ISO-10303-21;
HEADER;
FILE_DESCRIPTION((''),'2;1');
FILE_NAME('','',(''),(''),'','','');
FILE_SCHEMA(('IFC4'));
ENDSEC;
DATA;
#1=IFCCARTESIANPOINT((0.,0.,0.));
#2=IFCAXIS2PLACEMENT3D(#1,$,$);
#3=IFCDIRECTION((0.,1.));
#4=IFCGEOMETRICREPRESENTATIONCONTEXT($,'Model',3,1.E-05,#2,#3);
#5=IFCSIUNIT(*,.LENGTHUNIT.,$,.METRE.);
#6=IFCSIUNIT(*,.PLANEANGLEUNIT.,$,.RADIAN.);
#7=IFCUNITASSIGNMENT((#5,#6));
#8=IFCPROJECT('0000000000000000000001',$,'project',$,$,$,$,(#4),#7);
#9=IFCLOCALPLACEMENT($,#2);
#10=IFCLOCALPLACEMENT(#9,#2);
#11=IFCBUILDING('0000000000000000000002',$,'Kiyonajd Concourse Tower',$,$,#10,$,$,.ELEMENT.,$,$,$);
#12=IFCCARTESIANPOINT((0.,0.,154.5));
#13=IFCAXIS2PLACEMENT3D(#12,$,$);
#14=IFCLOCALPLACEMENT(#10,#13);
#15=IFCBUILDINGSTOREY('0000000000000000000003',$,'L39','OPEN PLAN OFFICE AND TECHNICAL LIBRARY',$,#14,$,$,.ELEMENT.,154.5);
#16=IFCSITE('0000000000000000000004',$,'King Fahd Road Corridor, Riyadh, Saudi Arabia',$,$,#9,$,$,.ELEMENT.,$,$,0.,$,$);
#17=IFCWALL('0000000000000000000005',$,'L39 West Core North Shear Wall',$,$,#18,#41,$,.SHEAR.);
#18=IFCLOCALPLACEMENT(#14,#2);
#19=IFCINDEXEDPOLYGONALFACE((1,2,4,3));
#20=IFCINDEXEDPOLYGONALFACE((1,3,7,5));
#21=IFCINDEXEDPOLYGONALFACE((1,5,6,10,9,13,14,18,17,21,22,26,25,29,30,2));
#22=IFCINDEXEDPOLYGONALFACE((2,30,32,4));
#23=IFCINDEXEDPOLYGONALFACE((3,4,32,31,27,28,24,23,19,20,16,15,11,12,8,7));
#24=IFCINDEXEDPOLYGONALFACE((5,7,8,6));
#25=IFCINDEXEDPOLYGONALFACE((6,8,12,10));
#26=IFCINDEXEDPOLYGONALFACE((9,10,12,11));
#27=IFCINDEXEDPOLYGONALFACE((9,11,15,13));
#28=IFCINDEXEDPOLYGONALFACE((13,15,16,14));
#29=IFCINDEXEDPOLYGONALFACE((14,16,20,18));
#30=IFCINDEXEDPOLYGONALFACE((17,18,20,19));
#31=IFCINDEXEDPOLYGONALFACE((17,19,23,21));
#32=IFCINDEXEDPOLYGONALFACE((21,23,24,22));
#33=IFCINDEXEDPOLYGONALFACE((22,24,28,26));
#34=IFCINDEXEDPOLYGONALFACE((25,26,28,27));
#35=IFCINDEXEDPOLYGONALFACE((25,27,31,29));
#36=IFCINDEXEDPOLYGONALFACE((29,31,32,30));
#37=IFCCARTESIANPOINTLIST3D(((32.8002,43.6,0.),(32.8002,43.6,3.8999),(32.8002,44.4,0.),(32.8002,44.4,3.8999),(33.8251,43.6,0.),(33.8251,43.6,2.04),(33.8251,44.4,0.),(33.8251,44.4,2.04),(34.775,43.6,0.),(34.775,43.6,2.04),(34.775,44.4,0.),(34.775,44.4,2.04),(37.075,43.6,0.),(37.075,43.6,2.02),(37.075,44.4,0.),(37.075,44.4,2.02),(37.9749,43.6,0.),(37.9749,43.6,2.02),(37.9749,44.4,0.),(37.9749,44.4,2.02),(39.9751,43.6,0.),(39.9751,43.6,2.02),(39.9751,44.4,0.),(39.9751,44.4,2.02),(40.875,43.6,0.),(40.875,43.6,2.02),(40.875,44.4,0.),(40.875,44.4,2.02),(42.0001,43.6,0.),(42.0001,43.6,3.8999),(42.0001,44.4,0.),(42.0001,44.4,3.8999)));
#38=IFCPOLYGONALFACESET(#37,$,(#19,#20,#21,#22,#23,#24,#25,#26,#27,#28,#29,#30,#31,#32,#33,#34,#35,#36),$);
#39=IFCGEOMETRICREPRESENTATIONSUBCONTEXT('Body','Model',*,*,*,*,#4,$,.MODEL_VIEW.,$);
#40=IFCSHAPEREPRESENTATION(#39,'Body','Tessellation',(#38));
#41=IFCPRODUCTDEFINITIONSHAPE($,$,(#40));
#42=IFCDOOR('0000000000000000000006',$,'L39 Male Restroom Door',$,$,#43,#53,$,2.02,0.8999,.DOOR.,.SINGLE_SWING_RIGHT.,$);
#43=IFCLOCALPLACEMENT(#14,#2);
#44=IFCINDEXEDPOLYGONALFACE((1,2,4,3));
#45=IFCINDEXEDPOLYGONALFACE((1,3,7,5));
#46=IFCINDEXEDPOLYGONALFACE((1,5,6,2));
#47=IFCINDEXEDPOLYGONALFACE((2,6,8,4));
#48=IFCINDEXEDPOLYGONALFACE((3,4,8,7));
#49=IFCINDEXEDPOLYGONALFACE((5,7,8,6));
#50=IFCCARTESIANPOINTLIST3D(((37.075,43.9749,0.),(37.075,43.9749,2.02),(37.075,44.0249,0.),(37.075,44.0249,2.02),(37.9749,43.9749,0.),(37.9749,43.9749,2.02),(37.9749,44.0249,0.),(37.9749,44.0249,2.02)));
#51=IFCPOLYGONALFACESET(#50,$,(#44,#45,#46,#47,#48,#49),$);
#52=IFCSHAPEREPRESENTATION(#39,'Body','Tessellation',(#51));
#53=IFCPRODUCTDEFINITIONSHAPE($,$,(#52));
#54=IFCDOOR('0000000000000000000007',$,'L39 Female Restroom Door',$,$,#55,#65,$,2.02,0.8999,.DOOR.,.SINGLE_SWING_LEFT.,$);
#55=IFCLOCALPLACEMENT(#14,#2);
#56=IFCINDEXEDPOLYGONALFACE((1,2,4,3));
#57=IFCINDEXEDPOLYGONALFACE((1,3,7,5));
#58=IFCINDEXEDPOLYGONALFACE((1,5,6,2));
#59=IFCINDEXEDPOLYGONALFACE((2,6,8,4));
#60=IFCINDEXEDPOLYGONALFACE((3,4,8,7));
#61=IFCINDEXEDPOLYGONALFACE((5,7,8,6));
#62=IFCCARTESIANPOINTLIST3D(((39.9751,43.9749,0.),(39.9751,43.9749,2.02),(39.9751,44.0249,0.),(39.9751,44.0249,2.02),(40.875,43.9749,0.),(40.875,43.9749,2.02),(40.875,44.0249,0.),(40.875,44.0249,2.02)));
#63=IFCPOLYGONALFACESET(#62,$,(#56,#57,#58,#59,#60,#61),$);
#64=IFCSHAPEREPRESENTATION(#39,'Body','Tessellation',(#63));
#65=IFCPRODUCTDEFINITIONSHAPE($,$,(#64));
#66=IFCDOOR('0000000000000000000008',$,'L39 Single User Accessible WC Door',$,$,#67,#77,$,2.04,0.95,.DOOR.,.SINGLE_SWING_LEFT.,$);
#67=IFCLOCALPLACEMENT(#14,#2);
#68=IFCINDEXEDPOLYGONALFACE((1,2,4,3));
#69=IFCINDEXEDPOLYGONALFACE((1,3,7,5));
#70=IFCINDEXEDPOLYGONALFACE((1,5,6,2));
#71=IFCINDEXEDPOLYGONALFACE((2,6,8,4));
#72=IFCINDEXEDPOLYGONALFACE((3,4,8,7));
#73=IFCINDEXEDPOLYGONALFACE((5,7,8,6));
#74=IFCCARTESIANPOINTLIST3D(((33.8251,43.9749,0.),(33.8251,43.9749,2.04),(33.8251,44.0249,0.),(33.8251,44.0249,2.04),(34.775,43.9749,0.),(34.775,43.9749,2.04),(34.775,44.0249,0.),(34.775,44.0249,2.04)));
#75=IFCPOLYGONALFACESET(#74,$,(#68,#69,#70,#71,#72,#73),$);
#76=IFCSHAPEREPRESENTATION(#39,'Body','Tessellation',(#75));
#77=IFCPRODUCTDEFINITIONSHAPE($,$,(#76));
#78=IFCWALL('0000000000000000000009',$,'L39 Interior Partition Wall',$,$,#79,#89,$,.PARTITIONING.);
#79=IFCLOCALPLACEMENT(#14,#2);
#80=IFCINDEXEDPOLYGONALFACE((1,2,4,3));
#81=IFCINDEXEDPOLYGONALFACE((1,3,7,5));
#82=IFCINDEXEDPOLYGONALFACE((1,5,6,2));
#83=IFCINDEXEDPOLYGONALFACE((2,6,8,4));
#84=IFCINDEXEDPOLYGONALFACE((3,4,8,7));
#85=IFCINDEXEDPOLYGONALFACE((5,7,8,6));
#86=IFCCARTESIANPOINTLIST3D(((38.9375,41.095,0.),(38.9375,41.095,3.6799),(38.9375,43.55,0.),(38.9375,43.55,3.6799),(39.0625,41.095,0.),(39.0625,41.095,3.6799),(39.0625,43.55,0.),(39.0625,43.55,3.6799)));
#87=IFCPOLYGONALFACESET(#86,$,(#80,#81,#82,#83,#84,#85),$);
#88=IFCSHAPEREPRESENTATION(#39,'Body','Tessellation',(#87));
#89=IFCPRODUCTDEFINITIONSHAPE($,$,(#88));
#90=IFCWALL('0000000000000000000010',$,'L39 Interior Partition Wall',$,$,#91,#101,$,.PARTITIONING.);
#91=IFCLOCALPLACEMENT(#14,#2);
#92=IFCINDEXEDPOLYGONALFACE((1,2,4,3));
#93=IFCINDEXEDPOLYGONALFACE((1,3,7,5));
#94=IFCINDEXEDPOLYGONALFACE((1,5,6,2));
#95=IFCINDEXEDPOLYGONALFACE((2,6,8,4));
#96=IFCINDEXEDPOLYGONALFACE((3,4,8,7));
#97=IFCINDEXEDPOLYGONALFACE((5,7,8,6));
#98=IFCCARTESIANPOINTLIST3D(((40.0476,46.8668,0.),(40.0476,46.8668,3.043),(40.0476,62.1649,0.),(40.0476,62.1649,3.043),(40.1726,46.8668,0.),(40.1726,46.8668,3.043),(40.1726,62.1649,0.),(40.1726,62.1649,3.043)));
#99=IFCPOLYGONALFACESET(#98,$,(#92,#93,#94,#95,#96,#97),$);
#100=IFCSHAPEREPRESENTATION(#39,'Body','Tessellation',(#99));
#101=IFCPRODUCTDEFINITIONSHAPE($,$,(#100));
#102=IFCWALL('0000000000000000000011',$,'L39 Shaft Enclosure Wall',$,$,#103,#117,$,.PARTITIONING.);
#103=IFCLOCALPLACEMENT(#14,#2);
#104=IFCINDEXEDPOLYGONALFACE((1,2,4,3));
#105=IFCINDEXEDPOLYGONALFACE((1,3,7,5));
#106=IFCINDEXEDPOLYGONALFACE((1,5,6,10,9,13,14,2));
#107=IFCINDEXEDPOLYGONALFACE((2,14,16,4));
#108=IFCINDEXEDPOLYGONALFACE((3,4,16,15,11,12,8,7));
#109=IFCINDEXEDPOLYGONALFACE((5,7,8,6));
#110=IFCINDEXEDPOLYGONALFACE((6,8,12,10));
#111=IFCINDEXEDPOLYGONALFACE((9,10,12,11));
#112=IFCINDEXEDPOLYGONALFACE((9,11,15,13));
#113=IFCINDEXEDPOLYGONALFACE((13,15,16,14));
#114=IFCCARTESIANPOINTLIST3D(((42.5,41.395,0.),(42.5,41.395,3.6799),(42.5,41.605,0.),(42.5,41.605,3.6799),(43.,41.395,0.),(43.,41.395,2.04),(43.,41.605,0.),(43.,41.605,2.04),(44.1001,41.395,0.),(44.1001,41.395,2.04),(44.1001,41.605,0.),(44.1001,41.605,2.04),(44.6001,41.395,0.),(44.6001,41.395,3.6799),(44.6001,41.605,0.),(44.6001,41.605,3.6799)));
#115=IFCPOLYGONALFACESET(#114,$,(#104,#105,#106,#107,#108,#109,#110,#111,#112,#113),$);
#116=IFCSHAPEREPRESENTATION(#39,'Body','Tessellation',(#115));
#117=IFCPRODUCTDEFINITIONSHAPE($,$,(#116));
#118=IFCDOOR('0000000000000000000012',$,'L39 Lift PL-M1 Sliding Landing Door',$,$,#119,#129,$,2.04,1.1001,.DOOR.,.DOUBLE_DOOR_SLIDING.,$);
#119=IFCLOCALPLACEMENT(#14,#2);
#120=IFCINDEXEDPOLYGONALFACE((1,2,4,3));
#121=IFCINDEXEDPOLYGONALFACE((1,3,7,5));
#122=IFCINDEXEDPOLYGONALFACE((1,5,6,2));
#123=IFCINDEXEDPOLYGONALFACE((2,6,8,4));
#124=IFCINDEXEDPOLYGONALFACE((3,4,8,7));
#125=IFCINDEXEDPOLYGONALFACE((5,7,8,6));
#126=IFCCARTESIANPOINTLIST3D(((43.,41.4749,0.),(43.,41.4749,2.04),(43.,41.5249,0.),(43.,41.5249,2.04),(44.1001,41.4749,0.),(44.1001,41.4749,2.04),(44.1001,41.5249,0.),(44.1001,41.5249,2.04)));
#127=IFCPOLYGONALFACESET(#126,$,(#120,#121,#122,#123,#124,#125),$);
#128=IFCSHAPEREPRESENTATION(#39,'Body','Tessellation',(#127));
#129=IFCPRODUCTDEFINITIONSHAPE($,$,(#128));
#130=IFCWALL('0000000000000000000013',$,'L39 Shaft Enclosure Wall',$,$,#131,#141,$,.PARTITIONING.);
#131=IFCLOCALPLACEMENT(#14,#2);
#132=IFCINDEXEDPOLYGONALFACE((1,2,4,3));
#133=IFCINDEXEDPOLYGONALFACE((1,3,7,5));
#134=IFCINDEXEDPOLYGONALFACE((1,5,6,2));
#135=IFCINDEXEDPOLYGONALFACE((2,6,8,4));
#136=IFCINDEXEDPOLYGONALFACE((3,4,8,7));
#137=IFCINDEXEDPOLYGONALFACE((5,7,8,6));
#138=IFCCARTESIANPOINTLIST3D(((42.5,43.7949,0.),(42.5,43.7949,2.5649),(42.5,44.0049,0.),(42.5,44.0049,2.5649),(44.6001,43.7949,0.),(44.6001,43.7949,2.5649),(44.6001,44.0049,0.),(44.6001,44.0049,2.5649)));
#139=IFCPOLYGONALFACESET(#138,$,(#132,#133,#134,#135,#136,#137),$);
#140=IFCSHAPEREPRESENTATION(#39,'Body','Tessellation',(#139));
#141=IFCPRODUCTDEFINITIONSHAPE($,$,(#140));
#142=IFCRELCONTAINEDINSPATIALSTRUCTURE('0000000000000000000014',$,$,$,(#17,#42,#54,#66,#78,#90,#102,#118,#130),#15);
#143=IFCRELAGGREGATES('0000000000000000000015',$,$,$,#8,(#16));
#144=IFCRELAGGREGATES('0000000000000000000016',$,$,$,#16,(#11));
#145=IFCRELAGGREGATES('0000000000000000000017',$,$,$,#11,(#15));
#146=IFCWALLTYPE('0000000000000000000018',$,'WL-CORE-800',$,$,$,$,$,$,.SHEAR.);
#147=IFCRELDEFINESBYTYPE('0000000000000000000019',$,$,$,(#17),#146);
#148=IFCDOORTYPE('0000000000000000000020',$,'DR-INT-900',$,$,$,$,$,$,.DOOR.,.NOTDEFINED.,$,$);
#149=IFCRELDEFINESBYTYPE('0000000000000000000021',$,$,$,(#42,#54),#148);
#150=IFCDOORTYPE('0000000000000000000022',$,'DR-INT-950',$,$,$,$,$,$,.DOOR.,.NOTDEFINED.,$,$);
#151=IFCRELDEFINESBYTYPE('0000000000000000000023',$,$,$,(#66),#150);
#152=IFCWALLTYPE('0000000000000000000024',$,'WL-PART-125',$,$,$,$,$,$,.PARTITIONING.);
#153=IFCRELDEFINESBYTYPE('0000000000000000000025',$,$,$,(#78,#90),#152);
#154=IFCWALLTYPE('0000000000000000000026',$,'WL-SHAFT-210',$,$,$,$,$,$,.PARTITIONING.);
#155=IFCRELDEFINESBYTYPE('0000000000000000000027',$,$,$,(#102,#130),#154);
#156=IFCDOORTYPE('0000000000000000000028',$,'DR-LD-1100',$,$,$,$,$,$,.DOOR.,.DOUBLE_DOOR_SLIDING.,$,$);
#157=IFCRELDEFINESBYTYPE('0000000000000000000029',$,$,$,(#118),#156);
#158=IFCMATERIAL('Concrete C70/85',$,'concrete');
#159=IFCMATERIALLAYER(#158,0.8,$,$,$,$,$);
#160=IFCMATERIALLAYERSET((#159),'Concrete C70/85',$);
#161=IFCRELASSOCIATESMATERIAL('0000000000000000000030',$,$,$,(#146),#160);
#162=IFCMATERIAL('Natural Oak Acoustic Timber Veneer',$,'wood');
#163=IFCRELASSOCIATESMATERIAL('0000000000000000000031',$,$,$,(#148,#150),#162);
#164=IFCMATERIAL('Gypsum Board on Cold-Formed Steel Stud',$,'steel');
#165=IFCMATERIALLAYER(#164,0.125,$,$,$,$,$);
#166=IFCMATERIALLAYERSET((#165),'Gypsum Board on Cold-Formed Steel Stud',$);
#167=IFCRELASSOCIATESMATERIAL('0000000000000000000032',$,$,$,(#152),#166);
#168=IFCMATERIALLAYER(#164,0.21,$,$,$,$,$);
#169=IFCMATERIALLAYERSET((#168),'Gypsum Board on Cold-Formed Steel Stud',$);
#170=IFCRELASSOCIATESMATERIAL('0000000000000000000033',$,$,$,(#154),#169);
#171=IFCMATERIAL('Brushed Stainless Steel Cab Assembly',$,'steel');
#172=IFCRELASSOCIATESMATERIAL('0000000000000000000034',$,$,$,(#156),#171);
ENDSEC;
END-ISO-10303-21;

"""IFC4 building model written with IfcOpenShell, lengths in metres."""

from ifc_helpers import new_model, si_unit, direction, frame, frame_2d, origin, place, context, subcontext, project, spatial, rectangle, extrude, material, layer, layer_set, type_object, element, fill, save


model = new_model("IFC4")

# Units and contexts
model_context = context("Model", 3, precision=1e-05, world=origin(), true_north=direction((0.0, 1.0)))
body_context = subcontext(model_context, "Body", "Model", "MODEL_VIEW")
ifc_project = project(units=[si_unit("LENGTHUNIT", "METRE"), si_unit("PLANEANGLEUNIT", "RADIAN")], contexts=[model_context])

# Site, building, storey
site_placement = place(None, origin())
site = spatial("IfcSite", under=ifc_project, at=site_placement, Name="King Fahd Road Corridor, Riyadh, Saudi Arabia", CompositionType="ELEMENT", RefElevation=0.0)
building_placement = place(site_placement, origin())
building = spatial("IfcBuilding", under=site, at=building_placement, Name="Kiyonajd Concourse Tower", CompositionType="ELEMENT")
storey_placement = place(building_placement, frame((0.0, 0.0, 154.5)))
storey = spatial("IfcBuildingStorey", under=building, at=storey_placement, Name="L39", Description="OPEN PLAN OFFICE AND TECHNICAL LIBRARY", CompositionType="ELEMENT", Elevation=154.5)

# Shared definitions
ifc_material_1 = material(Name="Concrete C70/85", Category="concrete")

# Wall, openings, doors
ifc_layer_1 = layer(ifc_material_1, 0.8)
ifc_layer_set_1 = layer_set([ifc_layer_1], Name="Concrete C70/85")
wall_type_1 = type_object("IfcWallType", Name="WL-CORE-800", PredefinedType="SHEAR", material=ifc_layer_set_1)
wall_1_placement = place(storey_placement, frame((32.8, 44.0, 0.0), z_axis=(0.0, 0.0, 1.0), x_axis=(1.0, 0.0, 0.0)))
wall_1 = element("IfcWall", 1, at=wall_1_placement, inside=storey, type_object=wall_type_1, Name="L39 West Core North Shear Wall", PredefinedType="SHEAR", context=body_context, shape_type="SweptSolid", body=[
    extrude(rectangle(XDim=9.2, YDim=0.8, at=frame_2d((4.6001, 0.0))), origin(), (0.0, 0.0, 1.0), 3.8999),
])
opening_1_placement = place(wall_1_placement, frame((1.0249, 0.0, 0.0)))
opening_1 = element("IfcOpeningElement", 2, at=opening_1_placement, cuts=wall_1, PredefinedType="OPENING", context=body_context, shape_type="SweptSolid", body=[
    extrude(rectangle(XDim=0.95, YDim=2.04, at=frame_2d((0.4751, 1.02))), frame((0.0, 0.4099, 0.0), z_axis=(0.0, -1.0, 0.0), x_axis=(1.0, 0.0, 0.0)), (0.0, 0.0, 1.0), 0.8201),
])
opening_2_placement = place(wall_1_placement, frame((4.2749, 0.0, 0.0)))
opening_2 = element("IfcOpeningElement", 3, at=opening_2_placement, cuts=wall_1, PredefinedType="OPENING", context=body_context, shape_type="SweptSolid", body=[
    extrude(rectangle(XDim=0.8999, YDim=2.02, at=frame_2d((0.45, 1.01))), frame((0.0, 0.4099, 0.0), z_axis=(0.0, -1.0, 0.0), x_axis=(1.0, 0.0, 0.0)), (0.0, 0.0, 1.0), 0.8201),
])
opening_3_placement = place(wall_1_placement, frame((7.175, 0.0, 0.0)))
opening_3 = element("IfcOpeningElement", 4, at=opening_3_placement, cuts=wall_1, PredefinedType="OPENING", context=body_context, shape_type="SweptSolid", body=[
    extrude(rectangle(XDim=0.8999, YDim=2.02, at=frame_2d((0.45, 1.01))), frame((0.0, 0.4099, 0.0), z_axis=(0.0, -1.0, 0.0), x_axis=(1.0, 0.0, 0.0)), (0.0, 0.0, 1.0), 0.8201),
])
ifc_material_2 = material(Name="Natural Oak Acoustic Timber Veneer", Category="wood")
door_type_1 = type_object("IfcDoorType", Name="DR-INT-900", OperationType="NOTDEFINED", PredefinedType="DOOR", material=ifc_material_2)
door_1_placement = place(opening_2_placement, origin())
door_1 = element("IfcDoor", 5, at=door_1_placement, inside=storey, type_object=door_type_1, Name="L39 Male Restroom Door", OperationType="SINGLE_SWING_RIGHT", OverallHeight=2.02, OverallWidth=0.8999, PredefinedType="DOOR", context=body_context, shape_type="SweptSolid", body=[
    extrude(rectangle(XDim=0.8999, YDim=2.02, at=frame_2d((0.45, 1.01))), frame((0.0, 0.0249, 0.0), z_axis=(0.0, -1.0, 0.0), x_axis=(1.0, 0.0, 0.0)), (0.0, 0.0, 1.0), 0.05),
])
fill(opening_2, door_1)
door_2_placement = place(opening_3_placement, origin())
door_2 = element("IfcDoor", 6, at=door_2_placement, inside=storey, type_object=door_type_1, Name="L39 Female Restroom Door", OperationType="SINGLE_SWING_LEFT", OverallHeight=2.02, OverallWidth=0.8999, PredefinedType="DOOR", context=body_context, shape_type="SweptSolid", body=[
    extrude(rectangle(XDim=0.8999, YDim=2.02, at=frame_2d((0.45, 1.01))), frame((0.0, 0.0249, 0.0), z_axis=(0.0, -1.0, 0.0), x_axis=(1.0, 0.0, 0.0)), (0.0, 0.0, 1.0), 0.05),
])
fill(opening_3, door_2)
door_type_2 = type_object("IfcDoorType", Name="DR-INT-950", OperationType="NOTDEFINED", PredefinedType="DOOR", material=ifc_material_2)
door_3_placement = place(opening_1_placement, origin())
door_3 = element("IfcDoor", 7, at=door_3_placement, inside=storey, type_object=door_type_2, Name="L39 Single User Accessible WC Door", OperationType="SINGLE_SWING_LEFT", OverallHeight=2.04, OverallWidth=0.95, PredefinedType="DOOR", context=body_context, shape_type="SweptSolid", body=[
    extrude(rectangle(XDim=0.95, YDim=2.04, at=frame_2d((0.4751, 1.02))), frame((0.0, 0.0249, 0.0), z_axis=(0.0, -1.0, 0.0), x_axis=(1.0, 0.0, 0.0)), (0.0, 0.0, 1.0), 0.05),
])
fill(opening_1, door_3)

# Walls
ifc_material_3 = material(Name="Gypsum Board on Cold-Formed Steel Stud", Category="steel")
ifc_layer_2 = layer(ifc_material_3, 0.125)
ifc_layer_set_2 = layer_set([ifc_layer_2], Name="Gypsum Board on Cold-Formed Steel Stud")
wall_type_2 = type_object("IfcWallType", Name="WL-PART-125", PredefinedType="PARTITIONING", material=ifc_layer_set_2)
wall_2_placement = place(storey_placement, frame((39.0, 41.095, 0.0), z_axis=(0.0, 0.0, 1.0), x_axis=(0.0, 1.0, 0.0)))
element("IfcWall", 8, at=wall_2_placement, inside=storey, type_object=wall_type_2, Name="L39 Interior Partition Wall", PredefinedType="PARTITIONING", context=body_context, shape_type="SweptSolid", body=[
    extrude(rectangle(XDim=2.4551, YDim=0.125, at=frame_2d((1.2275, 0.0))), origin(), (0.0, 0.0, 1.0), 3.6799),
])
wall_3_placement = place(storey_placement, frame((40.1101, 46.8669, 0.0), z_axis=(0.0, 0.0, 1.0), x_axis=(0.0, 1.0, 0.0)))
element("IfcWall", 9, at=wall_3_placement, inside=storey, type_object=wall_type_2, Name="L39 Interior Partition Wall", PredefinedType="PARTITIONING", context=body_context, shape_type="SweptSolid", body=[
    extrude(rectangle(XDim=15.2981, YDim=0.125, at=frame_2d((7.6489, 0.0))), origin(), (0.0, 0.0, 1.0), 3.043),
])

# Wall, opening, door
ifc_layer_3 = layer(ifc_material_3, 0.21)
ifc_layer_set_3 = layer_set([ifc_layer_3], Name="Gypsum Board on Cold-Formed Steel Stud")
wall_type_3 = type_object("IfcWallType", Name="WL-SHAFT-210", PredefinedType="PARTITIONING", material=ifc_layer_set_3)
wall_4_placement = place(storey_placement, frame((42.5, 41.5, 0.0), z_axis=(0.0, 0.0, 1.0), x_axis=(1.0, 0.0, 0.0)))
wall_4 = element("IfcWall", 10, at=wall_4_placement, inside=storey, type_object=wall_type_3, Name="L39 Shaft Enclosure Wall", PredefinedType="PARTITIONING", context=body_context, shape_type="SweptSolid", body=[
    extrude(rectangle(XDim=2.1001, YDim=0.21, at=frame_2d((1.05, 0.0))), origin(), (0.0, 0.0, 1.0), 3.6799),
])
opening_4_placement = place(wall_4_placement, frame((0.5, 0.0, 0.0)))
opening_4 = element("IfcOpeningElement", 11, at=opening_4_placement, cuts=wall_4, PredefinedType="OPENING", context=body_context, shape_type="SweptSolid", body=[
    extrude(rectangle(XDim=1.1001, YDim=2.04, at=frame_2d((0.55, 1.02))), frame((0.0, 0.115, 0.0), z_axis=(0.0, -1.0, 0.0), x_axis=(1.0, 0.0, 0.0)), (0.0, 0.0, 1.0), 0.23),
])
ifc_material_4 = material(Name="Brushed Stainless Steel Cab Assembly", Category="steel")
door_type_3 = type_object("IfcDoorType", Name="DR-LD-1100", OperationType="DOUBLE_DOOR_SLIDING", PredefinedType="DOOR", material=ifc_material_4)
door_4_placement = place(opening_4_placement, origin())
door_4 = element("IfcDoor", 12, at=door_4_placement, inside=storey, type_object=door_type_3, Name="L39 Lift PL-M1 Sliding Landing Door", OperationType="DOUBLE_DOOR_SLIDING", OverallHeight=2.04, OverallWidth=1.1001, PredefinedType="DOOR", context=body_context, shape_type="SweptSolid", body=[
    extrude(rectangle(XDim=1.1001, YDim=2.04, at=frame_2d((0.55, 1.02))), frame((0.0, 0.0249, 0.0), z_axis=(0.0, -1.0, 0.0), x_axis=(1.0, 0.0, 0.0)), (0.0, 0.0, 1.0), 0.05),
])
fill(opening_4, door_4)

# Wall
wall_5_placement = place(storey_placement, frame((42.5, 43.8999, 0.0), z_axis=(0.0, 0.0, 1.0), x_axis=(1.0, 0.0, 0.0)))
element("IfcWall", 13, at=wall_5_placement, inside=storey, type_object=wall_type_3, Name="L39 Shaft Enclosure Wall", PredefinedType="PARTITIONING", context=body_context, shape_type="SweptSolid", body=[
    extrude(rectangle(XDim=2.1001, YDim=0.21, at=frame_2d((1.05, 0.0))), origin(), (0.0, 0.0, 1.0), 2.5649),
])

save(model, "model.ifc")
